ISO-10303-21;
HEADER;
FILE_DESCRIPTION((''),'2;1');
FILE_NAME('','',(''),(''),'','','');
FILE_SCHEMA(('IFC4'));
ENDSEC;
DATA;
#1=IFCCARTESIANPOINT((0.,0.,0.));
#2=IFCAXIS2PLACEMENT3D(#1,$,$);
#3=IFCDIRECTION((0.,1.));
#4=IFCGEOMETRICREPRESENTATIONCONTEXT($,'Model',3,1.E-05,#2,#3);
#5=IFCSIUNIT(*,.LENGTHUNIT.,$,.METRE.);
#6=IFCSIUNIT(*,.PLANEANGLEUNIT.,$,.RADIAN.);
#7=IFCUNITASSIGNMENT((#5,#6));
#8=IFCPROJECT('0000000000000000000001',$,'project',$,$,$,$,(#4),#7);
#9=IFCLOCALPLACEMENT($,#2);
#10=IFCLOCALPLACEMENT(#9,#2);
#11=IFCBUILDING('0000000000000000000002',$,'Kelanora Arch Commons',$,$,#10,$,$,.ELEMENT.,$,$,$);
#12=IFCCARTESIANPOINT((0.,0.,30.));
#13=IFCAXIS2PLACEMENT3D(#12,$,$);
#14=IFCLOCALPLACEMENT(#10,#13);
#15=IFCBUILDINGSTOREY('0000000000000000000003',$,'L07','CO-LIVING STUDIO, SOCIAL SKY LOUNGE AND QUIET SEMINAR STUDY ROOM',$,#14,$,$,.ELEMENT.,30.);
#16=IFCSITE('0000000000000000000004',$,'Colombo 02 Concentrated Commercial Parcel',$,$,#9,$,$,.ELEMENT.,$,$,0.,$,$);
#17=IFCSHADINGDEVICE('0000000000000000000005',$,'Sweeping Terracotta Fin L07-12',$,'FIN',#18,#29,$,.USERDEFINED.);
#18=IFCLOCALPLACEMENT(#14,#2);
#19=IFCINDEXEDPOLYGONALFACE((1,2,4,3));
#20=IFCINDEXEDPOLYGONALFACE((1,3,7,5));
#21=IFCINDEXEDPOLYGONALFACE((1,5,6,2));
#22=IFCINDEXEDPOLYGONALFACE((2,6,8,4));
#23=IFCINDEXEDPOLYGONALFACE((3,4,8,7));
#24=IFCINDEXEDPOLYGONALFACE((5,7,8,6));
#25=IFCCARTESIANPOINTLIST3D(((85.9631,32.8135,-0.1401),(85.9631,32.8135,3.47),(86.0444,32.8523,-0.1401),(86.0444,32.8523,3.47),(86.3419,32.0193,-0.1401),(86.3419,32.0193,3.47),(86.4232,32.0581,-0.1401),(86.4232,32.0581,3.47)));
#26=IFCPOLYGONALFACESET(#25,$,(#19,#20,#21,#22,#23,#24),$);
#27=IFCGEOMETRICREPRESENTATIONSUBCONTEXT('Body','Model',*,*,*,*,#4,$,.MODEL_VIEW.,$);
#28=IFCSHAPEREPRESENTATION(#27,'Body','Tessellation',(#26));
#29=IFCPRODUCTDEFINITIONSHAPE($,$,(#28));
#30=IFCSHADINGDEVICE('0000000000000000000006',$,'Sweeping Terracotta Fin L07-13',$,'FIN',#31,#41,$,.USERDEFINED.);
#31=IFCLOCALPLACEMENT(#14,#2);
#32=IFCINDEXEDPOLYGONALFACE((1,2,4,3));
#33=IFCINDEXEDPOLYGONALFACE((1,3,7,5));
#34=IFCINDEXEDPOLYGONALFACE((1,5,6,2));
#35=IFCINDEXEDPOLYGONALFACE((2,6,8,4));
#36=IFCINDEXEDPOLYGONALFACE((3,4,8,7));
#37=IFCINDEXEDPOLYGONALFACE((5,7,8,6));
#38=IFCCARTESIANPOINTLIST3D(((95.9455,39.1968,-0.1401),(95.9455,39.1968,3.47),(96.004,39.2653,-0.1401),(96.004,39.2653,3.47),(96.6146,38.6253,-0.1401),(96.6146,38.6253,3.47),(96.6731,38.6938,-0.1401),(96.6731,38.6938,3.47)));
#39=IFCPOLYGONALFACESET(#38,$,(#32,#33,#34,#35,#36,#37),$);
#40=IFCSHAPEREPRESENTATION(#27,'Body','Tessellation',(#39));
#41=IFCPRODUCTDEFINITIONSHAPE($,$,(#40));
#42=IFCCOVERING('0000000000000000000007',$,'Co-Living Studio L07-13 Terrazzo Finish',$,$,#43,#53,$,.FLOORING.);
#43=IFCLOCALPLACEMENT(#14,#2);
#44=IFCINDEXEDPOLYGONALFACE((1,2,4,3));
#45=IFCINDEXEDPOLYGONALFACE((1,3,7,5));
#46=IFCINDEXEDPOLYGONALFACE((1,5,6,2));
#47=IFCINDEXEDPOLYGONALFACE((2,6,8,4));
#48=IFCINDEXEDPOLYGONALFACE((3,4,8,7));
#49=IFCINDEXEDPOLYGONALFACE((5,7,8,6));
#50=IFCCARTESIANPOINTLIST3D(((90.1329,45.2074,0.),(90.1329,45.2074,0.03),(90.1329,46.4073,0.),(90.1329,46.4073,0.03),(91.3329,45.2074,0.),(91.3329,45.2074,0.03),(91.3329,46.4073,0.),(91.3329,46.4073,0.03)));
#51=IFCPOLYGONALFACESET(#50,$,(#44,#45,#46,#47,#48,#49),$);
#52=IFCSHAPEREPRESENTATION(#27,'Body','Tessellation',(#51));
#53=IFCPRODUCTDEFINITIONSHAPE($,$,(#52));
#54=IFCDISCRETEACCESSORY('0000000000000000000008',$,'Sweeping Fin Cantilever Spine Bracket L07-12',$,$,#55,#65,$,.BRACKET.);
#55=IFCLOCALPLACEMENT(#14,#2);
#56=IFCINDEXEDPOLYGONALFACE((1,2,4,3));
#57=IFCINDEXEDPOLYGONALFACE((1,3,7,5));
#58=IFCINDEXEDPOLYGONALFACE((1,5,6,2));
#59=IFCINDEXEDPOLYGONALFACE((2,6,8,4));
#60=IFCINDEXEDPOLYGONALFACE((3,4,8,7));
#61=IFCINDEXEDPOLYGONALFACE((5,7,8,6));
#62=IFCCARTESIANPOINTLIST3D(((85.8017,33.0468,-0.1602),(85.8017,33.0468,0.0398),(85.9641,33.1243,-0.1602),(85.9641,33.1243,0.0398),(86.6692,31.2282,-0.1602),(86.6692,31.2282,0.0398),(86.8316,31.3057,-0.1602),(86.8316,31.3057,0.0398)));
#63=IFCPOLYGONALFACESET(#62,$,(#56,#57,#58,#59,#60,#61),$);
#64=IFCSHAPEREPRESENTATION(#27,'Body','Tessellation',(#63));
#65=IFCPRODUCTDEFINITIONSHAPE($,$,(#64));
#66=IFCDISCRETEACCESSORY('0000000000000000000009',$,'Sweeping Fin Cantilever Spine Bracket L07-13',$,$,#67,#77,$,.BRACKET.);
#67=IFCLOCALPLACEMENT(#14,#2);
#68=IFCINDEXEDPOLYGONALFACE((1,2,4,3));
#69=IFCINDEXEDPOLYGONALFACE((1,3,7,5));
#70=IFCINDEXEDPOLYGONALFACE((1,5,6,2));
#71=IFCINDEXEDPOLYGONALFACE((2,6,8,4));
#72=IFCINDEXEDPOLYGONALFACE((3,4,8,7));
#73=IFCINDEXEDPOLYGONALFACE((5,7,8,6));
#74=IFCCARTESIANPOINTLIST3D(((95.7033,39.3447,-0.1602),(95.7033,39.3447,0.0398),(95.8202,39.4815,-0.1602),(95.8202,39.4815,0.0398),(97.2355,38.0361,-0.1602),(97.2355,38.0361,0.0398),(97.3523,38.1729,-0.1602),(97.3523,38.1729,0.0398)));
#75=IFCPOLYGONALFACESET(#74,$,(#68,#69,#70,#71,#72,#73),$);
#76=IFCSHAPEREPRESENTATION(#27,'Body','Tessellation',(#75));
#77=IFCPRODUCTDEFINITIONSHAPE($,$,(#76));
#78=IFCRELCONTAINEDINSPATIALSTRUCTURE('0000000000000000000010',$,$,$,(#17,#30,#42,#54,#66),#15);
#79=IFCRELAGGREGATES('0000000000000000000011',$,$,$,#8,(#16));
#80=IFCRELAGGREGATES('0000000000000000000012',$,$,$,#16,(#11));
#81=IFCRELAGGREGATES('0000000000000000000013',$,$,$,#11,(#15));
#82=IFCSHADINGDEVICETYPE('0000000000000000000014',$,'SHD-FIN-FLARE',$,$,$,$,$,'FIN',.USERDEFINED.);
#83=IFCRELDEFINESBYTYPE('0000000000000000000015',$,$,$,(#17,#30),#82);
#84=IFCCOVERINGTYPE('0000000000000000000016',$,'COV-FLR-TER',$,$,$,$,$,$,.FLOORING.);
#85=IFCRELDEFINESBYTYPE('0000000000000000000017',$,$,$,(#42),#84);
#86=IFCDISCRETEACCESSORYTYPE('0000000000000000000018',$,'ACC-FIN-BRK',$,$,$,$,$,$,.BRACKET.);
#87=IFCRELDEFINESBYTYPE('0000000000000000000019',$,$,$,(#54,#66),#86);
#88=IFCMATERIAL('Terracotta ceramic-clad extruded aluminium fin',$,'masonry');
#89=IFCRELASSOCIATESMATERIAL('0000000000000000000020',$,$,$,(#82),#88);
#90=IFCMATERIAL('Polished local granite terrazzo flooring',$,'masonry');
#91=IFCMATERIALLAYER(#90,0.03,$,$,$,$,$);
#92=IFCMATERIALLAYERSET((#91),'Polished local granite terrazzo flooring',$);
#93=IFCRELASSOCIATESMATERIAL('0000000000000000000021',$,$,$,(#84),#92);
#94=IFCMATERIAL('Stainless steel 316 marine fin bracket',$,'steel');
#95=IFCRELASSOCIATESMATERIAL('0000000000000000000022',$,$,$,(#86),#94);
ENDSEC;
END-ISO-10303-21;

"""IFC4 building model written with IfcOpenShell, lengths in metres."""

from ifc_helpers import new_model, si_unit, direction, frame, origin, origin_2d, place, context, subcontext, project, spatial, rectangle, extrude, source, transform, mapped, material, layer, layer_set, type_object, element, save


model = new_model("IFC4")

# Units and contexts
model_context = context("Model", 3, precision=1e-05, world=origin(), true_north=direction((0.0, 1.0)))
body_context = subcontext(model_context, "Body", "Model", "MODEL_VIEW")
ifc_project = project(units=[si_unit("LENGTHUNIT", "METRE"), si_unit("PLANEANGLEUNIT", "RADIAN")], contexts=[model_context])

# Site, building, storey
site_placement = place(None, origin())
site = spatial("IfcSite", under=ifc_project, at=site_placement, Name="Colombo 02 Concentrated Commercial Parcel", CompositionType="ELEMENT", RefElevation=0.0)
building_placement = place(site_placement, origin())
building = spatial("IfcBuilding", under=site, at=building_placement, Name="Kelanora Arch Commons", CompositionType="ELEMENT")
storey_placement = place(building_placement, frame((0.0, 0.0, 30.0)))
storey = spatial("IfcBuildingStorey", under=building, at=storey_placement, Name="L07", Description="CO-LIVING STUDIO, SOCIAL SKY LOUNGE AND QUIET SEMINAR STUDY ROOM", CompositionType="ELEMENT", Elevation=30.0)

# Shading devices
ifc_material_1 = material(Name="Terracotta ceramic-clad extruded aluminium fin", Category="masonry")
shading_device_type = type_object("IfcShadingDeviceType", Name="SHD-FIN-FLARE", ElementType="FIN", PredefinedType="USERDEFINED", material=ifc_material_1)
shared_shape_1 = source(origin(), body_context, "Body", "SweptSolid", [
    extrude(rectangle(XDim=0.8799, YDim=0.0901, at=origin_2d()), origin(), (0.0, 0.0, 1.0), 3.6101),
])
for number, where, z_axis, x_axis, name in (
    (1, (86.1931, 32.4358, -0.1401), (0.0, 0.0, 1.0), (0.430511, -0.902585, 0.0), "Sweeping Terracotta Fin L07-12"),
    (2, (96.3093, 38.9453, -0.1401), (0.0, 0.0, 1.0), (0.760406, -0.649448, 0.0), "Sweeping Terracotta Fin L07-13"),
):
    element("IfcShadingDevice", number, at=place(storey_placement, frame(where, z_axis=z_axis, x_axis=x_axis)), inside=storey, type_object=shading_device_type, Name=name, ObjectType="FIN", PredefinedType="USERDEFINED", context=body_context, shape_type="MappedRepresentation", body=[
        mapped(shared_shape_1, transform((0.0, 0.0, 0.0), scale=1.0)),
    ])

# Covering
ifc_material_2 = material(Name="Polished local granite terrazzo flooring", Category="masonry")
ifc_layer_1 = layer(ifc_material_2, 0.03)
ifc_layer_set_1 = layer_set([ifc_layer_1], Name="Polished local granite terrazzo flooring")
covering_type = type_object("IfcCoveringType", Name="COV-FLR-TER", PredefinedType="FLOORING", material=ifc_layer_set_1)
shared_shape_2 = source(origin(), body_context, "Body", "SweptSolid", [
    extrude(rectangle(XDim=1.2, YDim=1.2, at=origin_2d()), origin(), (0.0, 0.0, 1.0), 0.03),
])
covering_placement = place(storey_placement, frame((90.7329, 45.8074, 0.0), z_axis=(0.0, 0.0, 1.0), x_axis=(1.0, 0.0, 0.0)))
element("IfcCovering", 3, at=covering_placement, inside=storey, type_object=covering_type, Name="Co-Living Studio L07-13 Terrazzo Finish", PredefinedType="FLOORING", context=body_context, shape_type="MappedRepresentation", body=[
    mapped(shared_shape_2, transform((0.0, 0.0, 0.0), scale=1.0)),
])

# Discrete accessories
ifc_material_3 = material(Name="Stainless steel 316 marine fin bracket", Category="steel")
discrete_accessory_type = type_object("IfcDiscreteAccessoryType", Name="ACC-FIN-BRK", PredefinedType="BRACKET", material=ifc_material_3)
shared_shape_3 = source(origin(), body_context, "Body", "SweptSolid", [
    extrude(rectangle(XDim=2.0149, YDim=0.1799, at=origin_2d()), origin(), (0.0, 0.0, 1.0), 0.2),
])
for number, where, z_axis, x_axis, name in (
    (4, (86.3167, 32.1763, -0.1602), (0.0, 0.0, 1.0), (0.430511, -0.902585, 0.0), "Sweeping Fin Cantilever Spine Bracket L07-12"),
    (5, (96.5278, 38.7588, -0.1602), (0.0, 0.0, 1.0), (0.760406, -0.649448, 0.0), "Sweeping Fin Cantilever Spine Bracket L07-13"),
):
    element("IfcDiscreteAccessory", number, at=place(storey_placement, frame(where, z_axis=z_axis, x_axis=x_axis)), inside=storey, type_object=discrete_accessory_type, Name=name, PredefinedType="BRACKET", context=body_context, shape_type="MappedRepresentation", body=[
        mapped(shared_shape_3, transform((0.0, 0.0, 0.0), scale=1.0)),
    ])

save(model, "model.ifc")
